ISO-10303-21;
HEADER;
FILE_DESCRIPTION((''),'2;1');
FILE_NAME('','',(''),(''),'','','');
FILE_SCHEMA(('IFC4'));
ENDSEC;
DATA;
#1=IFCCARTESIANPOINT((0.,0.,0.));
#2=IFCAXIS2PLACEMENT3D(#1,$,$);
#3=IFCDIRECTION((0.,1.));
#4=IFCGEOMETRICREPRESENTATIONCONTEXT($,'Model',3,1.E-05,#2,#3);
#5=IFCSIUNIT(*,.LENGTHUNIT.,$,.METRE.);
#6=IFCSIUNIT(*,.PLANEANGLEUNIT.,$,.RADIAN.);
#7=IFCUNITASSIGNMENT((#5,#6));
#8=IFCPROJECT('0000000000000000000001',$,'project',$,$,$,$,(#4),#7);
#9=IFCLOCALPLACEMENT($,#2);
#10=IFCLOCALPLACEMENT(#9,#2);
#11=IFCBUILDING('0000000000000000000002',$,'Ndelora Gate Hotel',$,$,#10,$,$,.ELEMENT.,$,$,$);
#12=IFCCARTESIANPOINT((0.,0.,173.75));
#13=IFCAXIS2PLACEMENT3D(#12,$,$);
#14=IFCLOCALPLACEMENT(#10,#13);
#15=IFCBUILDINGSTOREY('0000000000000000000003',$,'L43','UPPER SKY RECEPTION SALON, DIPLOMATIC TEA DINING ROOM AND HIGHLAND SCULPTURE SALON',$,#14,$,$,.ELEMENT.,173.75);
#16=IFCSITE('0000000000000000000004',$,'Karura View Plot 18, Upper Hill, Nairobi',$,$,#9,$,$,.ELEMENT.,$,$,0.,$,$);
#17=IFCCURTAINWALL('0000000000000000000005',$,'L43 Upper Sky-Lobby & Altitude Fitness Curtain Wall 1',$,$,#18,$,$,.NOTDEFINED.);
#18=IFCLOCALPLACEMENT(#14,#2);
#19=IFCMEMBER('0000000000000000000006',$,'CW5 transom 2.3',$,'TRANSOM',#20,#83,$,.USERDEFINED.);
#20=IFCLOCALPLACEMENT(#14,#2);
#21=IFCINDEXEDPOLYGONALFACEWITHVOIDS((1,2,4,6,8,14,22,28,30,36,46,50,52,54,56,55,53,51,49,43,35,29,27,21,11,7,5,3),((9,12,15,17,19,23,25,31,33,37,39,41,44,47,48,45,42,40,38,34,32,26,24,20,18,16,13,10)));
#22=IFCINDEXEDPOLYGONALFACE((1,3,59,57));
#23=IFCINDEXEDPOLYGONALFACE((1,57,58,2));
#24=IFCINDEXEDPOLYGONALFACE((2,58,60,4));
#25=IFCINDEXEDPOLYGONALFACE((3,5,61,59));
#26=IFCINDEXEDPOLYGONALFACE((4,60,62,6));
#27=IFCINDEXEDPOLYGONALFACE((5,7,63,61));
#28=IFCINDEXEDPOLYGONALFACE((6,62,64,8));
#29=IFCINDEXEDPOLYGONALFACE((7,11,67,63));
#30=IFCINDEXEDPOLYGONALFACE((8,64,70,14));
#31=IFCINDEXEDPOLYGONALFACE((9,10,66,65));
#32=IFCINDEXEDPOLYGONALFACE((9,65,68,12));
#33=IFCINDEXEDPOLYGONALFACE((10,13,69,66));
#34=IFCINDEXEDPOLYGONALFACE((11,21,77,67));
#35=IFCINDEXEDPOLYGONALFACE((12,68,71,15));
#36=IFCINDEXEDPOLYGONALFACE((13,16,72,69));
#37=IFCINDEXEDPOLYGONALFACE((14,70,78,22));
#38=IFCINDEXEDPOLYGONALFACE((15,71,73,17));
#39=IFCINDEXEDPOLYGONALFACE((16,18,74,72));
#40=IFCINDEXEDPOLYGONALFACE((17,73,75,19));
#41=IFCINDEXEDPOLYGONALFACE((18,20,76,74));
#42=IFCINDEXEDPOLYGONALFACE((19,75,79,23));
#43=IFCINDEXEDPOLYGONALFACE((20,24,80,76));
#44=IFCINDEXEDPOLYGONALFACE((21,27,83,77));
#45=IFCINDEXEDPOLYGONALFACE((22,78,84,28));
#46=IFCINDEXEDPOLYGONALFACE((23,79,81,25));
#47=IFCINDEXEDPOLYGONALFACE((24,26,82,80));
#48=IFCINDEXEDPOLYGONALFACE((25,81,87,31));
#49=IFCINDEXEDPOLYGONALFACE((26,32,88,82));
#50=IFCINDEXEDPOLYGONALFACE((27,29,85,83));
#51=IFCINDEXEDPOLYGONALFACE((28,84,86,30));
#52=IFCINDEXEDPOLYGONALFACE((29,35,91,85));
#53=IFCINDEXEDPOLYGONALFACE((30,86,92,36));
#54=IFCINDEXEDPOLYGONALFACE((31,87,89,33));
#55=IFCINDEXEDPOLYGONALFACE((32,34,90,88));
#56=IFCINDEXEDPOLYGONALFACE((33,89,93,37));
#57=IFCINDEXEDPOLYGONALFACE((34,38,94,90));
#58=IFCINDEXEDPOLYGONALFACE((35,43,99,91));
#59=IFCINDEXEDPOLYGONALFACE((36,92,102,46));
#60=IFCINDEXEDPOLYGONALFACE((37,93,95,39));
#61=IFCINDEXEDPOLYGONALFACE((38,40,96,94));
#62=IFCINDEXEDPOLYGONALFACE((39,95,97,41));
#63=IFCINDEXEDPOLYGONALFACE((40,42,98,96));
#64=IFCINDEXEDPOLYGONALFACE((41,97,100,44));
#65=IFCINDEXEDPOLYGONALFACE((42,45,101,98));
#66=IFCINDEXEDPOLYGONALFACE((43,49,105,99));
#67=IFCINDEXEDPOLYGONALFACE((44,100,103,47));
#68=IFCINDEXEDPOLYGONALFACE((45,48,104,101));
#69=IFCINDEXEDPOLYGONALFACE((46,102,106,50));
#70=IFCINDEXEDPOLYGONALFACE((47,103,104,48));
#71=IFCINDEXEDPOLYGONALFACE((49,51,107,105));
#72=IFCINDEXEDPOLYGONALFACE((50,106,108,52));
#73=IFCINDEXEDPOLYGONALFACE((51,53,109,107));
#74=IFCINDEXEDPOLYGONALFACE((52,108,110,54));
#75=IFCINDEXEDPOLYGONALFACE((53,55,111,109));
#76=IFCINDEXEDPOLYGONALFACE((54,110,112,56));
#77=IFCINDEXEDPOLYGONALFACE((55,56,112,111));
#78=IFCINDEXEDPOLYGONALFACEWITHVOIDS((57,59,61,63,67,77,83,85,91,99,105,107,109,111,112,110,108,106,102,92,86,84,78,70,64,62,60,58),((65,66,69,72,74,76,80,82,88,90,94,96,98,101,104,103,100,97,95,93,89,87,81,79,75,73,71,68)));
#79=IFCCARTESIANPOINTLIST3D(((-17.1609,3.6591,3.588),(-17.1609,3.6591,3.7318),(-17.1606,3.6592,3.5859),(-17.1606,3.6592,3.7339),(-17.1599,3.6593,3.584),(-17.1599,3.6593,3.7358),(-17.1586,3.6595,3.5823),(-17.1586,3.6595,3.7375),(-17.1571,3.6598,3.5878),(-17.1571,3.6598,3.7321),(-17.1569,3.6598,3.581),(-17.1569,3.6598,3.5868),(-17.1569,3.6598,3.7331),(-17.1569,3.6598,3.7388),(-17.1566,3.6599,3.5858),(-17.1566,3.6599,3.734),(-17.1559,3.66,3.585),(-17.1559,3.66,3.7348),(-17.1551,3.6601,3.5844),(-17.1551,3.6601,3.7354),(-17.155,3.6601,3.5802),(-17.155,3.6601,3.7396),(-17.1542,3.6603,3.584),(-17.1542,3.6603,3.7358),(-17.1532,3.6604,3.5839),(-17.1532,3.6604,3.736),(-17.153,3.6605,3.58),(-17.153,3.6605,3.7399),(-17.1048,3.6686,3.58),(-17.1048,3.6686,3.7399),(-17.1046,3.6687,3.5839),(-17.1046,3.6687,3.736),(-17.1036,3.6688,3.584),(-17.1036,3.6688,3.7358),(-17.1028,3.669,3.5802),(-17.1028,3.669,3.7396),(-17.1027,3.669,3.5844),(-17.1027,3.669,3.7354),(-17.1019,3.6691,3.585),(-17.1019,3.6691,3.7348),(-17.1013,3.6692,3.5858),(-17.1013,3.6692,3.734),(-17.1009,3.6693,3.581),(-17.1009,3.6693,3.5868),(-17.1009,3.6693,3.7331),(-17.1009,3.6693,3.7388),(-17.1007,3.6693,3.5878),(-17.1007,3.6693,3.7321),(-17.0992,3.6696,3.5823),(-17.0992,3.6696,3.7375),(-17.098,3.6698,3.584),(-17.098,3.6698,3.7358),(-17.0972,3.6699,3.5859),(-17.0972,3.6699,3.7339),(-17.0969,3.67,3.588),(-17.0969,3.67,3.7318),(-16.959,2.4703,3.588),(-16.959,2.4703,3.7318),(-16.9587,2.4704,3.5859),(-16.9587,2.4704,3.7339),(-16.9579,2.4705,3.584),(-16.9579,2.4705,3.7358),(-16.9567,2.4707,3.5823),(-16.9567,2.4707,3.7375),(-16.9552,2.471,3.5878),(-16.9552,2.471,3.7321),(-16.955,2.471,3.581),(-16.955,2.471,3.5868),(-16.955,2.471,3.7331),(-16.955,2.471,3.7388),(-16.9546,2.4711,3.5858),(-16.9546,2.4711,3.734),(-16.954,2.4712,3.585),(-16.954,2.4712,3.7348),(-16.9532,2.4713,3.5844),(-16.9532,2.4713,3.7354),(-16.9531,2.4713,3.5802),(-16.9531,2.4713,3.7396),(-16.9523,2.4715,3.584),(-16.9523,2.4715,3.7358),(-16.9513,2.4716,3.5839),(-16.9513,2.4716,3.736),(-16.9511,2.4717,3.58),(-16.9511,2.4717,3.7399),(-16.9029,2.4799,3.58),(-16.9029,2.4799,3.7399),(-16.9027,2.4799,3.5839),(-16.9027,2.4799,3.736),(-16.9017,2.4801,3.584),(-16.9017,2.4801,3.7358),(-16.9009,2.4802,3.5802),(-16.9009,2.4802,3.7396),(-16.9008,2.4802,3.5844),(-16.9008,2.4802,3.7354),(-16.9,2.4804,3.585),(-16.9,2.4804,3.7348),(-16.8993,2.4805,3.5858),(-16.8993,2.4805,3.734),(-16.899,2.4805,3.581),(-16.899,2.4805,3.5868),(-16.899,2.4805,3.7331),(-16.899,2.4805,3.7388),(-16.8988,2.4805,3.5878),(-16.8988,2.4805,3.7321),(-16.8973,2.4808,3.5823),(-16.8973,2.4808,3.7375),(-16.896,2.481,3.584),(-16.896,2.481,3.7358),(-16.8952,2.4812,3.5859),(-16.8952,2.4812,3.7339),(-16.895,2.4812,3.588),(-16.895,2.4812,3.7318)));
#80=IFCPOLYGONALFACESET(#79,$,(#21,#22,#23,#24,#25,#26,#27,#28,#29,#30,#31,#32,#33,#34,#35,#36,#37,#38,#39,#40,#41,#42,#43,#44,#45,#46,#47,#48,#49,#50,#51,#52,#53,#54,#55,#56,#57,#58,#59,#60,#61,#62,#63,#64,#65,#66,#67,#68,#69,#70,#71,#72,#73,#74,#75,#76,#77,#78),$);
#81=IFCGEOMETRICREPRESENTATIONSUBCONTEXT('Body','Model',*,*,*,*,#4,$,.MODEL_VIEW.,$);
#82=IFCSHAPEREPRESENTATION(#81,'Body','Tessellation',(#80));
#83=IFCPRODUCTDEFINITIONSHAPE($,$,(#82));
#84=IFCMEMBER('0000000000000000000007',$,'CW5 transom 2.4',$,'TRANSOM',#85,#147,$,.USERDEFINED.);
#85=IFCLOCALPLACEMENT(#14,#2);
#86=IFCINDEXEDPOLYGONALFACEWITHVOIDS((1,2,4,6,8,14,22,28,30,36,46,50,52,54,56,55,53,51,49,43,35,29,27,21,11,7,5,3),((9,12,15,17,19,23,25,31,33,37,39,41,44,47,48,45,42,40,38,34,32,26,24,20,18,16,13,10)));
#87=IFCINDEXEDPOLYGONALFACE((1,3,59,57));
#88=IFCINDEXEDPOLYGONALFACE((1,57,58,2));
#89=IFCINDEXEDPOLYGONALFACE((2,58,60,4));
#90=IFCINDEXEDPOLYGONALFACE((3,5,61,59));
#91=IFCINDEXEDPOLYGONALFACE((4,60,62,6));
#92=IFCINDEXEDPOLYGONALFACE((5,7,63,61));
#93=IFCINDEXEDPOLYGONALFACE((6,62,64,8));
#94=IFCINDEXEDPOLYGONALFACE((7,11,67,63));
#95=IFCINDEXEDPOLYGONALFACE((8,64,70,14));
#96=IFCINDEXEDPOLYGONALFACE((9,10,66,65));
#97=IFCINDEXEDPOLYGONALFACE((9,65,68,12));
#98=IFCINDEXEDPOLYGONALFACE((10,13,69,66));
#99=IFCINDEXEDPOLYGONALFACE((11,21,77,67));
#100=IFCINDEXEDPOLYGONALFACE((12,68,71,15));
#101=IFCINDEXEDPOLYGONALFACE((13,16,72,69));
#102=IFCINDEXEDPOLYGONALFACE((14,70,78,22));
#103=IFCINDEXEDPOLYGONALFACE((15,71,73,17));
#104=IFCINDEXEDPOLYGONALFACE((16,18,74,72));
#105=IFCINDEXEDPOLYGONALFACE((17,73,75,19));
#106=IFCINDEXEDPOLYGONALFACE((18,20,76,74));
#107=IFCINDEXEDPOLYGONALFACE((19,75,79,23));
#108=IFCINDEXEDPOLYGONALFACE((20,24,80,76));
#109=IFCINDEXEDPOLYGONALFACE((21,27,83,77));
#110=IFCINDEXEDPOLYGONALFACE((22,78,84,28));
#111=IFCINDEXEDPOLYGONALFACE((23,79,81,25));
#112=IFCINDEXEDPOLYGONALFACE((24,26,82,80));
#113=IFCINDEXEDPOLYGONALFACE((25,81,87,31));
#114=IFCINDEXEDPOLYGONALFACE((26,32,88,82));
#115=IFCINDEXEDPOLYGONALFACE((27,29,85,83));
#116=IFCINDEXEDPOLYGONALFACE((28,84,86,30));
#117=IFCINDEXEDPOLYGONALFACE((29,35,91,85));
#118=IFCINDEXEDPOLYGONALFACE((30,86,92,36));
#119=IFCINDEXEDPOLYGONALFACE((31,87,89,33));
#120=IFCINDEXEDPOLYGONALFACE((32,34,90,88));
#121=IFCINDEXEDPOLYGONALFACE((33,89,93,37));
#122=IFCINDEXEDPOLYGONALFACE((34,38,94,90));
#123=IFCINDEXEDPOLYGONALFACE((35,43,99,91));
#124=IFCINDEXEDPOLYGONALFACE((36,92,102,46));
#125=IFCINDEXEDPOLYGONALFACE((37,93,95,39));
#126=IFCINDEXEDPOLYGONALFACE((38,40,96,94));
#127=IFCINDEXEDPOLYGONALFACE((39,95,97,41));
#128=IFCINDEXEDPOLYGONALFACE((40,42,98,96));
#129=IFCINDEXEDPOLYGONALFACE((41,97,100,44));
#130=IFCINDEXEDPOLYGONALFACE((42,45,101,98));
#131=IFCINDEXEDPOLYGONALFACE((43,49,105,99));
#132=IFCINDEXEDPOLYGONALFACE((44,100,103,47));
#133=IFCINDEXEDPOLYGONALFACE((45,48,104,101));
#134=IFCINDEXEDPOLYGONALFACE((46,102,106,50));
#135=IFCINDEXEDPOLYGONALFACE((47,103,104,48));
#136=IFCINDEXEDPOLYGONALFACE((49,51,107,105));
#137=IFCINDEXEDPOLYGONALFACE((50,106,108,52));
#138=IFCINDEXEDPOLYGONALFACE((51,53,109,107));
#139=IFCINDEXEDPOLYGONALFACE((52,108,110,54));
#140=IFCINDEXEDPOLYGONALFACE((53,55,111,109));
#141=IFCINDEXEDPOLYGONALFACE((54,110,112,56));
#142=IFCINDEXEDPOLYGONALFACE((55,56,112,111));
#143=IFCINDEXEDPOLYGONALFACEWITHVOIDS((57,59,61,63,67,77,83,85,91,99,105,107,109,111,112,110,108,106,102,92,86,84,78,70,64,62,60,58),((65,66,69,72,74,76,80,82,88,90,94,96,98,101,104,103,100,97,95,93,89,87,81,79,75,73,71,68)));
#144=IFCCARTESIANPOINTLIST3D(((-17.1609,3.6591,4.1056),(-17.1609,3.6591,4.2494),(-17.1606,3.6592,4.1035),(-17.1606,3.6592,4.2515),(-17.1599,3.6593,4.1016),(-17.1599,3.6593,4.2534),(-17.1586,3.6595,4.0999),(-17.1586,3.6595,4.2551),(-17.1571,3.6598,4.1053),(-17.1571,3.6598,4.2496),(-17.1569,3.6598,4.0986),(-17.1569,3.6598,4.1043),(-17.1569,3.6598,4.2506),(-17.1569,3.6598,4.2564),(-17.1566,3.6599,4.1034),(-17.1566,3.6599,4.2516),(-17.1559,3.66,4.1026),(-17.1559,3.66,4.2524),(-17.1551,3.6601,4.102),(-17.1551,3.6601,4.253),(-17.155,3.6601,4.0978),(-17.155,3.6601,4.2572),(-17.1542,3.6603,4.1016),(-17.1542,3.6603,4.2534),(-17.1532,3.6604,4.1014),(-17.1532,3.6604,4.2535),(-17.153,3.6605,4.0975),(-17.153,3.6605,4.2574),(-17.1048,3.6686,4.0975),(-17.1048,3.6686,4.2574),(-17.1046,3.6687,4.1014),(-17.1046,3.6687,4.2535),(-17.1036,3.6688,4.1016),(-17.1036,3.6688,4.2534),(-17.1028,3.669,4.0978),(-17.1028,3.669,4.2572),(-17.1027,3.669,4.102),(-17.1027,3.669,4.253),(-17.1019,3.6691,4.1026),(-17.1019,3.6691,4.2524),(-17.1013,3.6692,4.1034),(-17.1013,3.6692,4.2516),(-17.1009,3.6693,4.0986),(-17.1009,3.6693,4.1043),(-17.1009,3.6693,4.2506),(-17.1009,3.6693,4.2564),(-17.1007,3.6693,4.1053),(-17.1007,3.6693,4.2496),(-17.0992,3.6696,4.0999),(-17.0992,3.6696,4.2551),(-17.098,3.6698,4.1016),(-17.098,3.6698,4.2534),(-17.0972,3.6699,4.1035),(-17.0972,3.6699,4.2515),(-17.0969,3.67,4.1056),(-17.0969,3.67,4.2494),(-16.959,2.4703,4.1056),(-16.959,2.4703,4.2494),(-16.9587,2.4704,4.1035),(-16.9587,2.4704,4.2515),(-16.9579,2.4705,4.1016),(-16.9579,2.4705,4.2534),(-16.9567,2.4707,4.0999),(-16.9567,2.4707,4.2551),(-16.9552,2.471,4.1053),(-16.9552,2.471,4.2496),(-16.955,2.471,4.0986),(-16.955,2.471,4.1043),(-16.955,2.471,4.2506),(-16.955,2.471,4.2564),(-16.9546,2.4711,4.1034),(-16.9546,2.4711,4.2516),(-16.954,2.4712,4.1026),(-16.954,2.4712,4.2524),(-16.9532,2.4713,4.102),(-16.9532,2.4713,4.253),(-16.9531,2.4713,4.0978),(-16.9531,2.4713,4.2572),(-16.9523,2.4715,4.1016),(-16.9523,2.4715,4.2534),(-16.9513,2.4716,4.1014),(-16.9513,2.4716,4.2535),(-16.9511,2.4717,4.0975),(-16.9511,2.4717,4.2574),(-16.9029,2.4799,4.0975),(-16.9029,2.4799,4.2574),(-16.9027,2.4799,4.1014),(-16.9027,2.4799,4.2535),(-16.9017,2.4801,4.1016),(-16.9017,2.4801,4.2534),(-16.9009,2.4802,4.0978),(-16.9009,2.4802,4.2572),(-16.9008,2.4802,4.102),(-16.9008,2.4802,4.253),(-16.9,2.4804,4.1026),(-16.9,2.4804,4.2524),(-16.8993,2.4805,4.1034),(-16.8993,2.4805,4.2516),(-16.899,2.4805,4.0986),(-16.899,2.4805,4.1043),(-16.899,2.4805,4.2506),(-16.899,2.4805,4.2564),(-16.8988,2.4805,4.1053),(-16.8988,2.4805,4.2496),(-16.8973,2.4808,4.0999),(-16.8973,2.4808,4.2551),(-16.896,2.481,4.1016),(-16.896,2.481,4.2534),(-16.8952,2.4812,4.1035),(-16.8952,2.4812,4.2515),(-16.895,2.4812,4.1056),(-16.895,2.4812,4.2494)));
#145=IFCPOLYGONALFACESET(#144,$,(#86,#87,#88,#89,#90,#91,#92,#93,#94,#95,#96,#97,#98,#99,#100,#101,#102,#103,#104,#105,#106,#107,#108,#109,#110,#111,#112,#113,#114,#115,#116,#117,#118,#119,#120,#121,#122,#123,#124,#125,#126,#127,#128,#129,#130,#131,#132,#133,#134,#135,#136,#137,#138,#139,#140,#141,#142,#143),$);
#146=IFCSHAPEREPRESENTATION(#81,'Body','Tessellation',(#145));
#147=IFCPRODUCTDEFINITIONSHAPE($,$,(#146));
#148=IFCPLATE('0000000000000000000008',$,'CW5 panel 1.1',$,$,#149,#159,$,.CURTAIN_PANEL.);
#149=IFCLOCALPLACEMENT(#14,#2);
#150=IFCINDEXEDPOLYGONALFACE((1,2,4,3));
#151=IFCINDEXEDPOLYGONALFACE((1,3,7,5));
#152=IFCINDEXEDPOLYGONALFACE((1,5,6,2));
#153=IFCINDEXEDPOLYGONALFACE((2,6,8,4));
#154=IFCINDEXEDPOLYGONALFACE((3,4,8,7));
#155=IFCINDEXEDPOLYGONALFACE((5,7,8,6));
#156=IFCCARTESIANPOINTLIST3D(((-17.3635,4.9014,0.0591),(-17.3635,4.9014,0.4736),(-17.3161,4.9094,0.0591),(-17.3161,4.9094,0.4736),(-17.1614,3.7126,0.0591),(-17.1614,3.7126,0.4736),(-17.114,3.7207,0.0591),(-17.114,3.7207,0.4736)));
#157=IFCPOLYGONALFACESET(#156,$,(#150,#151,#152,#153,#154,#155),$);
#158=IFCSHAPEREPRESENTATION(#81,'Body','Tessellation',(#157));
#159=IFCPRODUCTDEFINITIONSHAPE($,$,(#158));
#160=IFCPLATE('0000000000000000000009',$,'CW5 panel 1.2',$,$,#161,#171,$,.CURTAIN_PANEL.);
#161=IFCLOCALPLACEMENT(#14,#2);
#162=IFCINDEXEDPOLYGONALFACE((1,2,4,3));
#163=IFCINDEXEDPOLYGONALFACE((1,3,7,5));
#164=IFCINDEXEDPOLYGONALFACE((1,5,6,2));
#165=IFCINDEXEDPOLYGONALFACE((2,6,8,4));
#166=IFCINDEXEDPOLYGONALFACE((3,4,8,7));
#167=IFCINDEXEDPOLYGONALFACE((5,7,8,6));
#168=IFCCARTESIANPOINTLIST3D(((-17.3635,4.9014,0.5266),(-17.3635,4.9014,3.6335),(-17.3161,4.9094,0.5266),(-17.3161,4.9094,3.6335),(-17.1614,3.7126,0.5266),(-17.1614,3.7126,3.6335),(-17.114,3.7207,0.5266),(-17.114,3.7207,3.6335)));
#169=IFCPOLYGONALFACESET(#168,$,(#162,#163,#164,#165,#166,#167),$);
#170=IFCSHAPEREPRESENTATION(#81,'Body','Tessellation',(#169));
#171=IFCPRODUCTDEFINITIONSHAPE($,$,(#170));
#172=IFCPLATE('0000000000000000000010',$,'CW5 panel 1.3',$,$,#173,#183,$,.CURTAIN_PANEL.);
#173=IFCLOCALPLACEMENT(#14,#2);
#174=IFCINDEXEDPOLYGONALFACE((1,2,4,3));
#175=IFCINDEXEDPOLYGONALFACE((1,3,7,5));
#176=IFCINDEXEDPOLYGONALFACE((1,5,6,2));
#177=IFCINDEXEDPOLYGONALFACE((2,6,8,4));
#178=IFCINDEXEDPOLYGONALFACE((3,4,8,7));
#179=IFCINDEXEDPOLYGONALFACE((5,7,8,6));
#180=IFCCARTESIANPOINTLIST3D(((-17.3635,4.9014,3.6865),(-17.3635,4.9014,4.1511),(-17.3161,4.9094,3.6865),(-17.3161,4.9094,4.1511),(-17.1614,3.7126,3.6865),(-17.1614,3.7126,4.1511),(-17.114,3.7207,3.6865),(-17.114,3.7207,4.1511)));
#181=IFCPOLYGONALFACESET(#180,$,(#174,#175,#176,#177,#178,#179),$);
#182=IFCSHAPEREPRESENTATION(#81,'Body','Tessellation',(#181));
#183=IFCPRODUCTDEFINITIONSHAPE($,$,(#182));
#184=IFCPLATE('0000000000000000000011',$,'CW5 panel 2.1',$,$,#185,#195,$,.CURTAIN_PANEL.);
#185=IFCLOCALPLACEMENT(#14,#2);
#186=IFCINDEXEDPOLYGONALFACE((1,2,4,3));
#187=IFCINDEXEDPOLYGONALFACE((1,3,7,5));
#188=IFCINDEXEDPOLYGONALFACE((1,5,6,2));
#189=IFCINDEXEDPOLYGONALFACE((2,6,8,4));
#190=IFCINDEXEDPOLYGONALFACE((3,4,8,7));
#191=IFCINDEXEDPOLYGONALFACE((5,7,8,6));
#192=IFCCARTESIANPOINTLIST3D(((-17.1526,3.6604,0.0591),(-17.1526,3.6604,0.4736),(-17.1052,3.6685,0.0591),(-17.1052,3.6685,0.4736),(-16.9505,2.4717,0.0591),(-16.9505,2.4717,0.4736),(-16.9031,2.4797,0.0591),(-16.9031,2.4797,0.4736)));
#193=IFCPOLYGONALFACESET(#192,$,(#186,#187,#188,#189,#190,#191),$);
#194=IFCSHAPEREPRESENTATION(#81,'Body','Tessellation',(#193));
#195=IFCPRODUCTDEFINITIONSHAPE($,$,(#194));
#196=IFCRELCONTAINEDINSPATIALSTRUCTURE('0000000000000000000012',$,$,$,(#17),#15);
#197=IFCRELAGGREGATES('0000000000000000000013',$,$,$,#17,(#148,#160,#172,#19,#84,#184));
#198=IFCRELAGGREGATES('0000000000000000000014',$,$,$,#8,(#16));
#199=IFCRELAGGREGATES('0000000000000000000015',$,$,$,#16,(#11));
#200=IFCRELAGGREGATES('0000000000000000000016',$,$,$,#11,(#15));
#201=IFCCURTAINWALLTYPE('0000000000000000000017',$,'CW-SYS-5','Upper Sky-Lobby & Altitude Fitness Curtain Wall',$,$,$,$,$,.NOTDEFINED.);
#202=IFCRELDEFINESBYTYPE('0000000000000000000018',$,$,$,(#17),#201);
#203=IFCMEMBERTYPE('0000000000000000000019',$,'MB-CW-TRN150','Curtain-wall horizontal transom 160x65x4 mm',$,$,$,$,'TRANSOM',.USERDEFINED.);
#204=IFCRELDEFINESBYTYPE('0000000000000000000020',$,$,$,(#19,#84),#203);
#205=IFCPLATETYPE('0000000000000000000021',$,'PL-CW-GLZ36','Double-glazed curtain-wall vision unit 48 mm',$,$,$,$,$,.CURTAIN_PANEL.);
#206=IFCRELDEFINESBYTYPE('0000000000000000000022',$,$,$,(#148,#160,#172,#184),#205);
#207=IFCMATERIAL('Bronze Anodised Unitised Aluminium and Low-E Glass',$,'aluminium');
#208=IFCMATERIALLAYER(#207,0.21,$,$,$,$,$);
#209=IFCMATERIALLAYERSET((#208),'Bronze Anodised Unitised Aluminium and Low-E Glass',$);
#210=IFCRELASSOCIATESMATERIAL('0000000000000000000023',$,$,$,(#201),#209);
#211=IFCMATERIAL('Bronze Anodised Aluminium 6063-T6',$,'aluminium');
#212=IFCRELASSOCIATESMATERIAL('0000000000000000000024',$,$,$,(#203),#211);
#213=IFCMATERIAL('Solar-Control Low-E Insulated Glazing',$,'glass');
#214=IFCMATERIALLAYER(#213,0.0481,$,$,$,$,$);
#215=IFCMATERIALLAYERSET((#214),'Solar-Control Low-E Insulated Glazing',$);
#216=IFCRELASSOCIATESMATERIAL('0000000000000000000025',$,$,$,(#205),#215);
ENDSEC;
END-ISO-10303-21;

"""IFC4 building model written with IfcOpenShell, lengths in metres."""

from ifc_helpers import new_model, si_unit, direction, frame, origin, origin_2d, place, context, subcontext, project, spatial, rectangle, hollow_rectangle, extrude, material, layer, layer_set, material_profile, profile_set, type_object, element, aggregate, save


model = new_model("IFC4")

# Units and contexts
model_context = context("Model", 3, precision=1e-05, world=origin(), true_north=direction((0.0, 1.0)))
body_context = subcontext(model_context, "Body", "Model", "MODEL_VIEW")
ifc_project = project(units=[si_unit("LENGTHUNIT", "METRE"), si_unit("PLANEANGLEUNIT", "RADIAN")], contexts=[model_context])

# Site, building, storey
site_placement = place(None, origin())
site = spatial("IfcSite", under=ifc_project, at=site_placement, Name="Karura View Plot 18, Upper Hill, Nairobi", CompositionType="ELEMENT", RefElevation=0.0)
building_placement = place(site_placement, origin())
building = spatial("IfcBuilding", under=site, at=building_placement, Name="Ndelora Gate Hotel", CompositionType="ELEMENT")
storey_placement = place(building_placement, frame((0.0, 0.0, 173.75)))
storey = spatial("IfcBuildingStorey", under=building, at=storey_placement, Name="L43", Description="UPPER SKY RECEPTION SALON, DIPLOMATIC TEA DINING ROOM AND HIGHLAND SCULPTURE SALON", CompositionType="ELEMENT", Elevation=173.75)

# Curtain wall, members, plates
ifc_material_1 = material(Name="Bronze Anodised Unitised Aluminium and Low-E Glass", Category="aluminium")
ifc_layer_1 = layer(ifc_material_1, 0.21)
ifc_layer_set_1 = layer_set([ifc_layer_1], Name="Bronze Anodised Unitised Aluminium and Low-E Glass")
curtain_wall_type = type_object("IfcCurtainWallType", Name="CW-SYS-5", Description="Upper Sky-Lobby & Altitude Fitness Curtain Wall", PredefinedType="NOTDEFINED", material=ifc_layer_set_1)
curtain_wall_placement = place(storey_placement, origin())
curtain_wall = element("IfcCurtainWall", 1, at=curtain_wall_placement, inside=storey, type_object=curtain_wall_type, Name="L43 Upper Sky-Lobby & Altitude Fitness Curtain Wall 1", PredefinedType="NOTDEFINED")
ifc_material_2 = material(Name="Bronze Anodised Aluminium 6063-T6", Category="aluminium")
ifc_material_profile_1 = material_profile(ifc_material_2, hollow_rectangle(XDim=0.0649, YDim=0.1599, WallThickness=0.0039, InnerFilletRadius=0.0039, OuterFilletRadius=0.0081, at=origin_2d()), Name="ALU 160x65x4")
ifc_profile_set_1 = profile_set([ifc_material_profile_1], Name="Bronze Anodised Aluminium 6063-T6")
member_type_1 = type_object("IfcMemberType", Name="MB-CW-TRN150", Description="Curtain-wall horizontal transom 160x65x4 mm", ElementType="TRANSOM", PredefinedType="USERDEFINED", material=ifc_profile_set_1)
member_1_placement = place(storey_placement, frame((-17.1289, 3.6646, 3.6599), z_axis=(0.167452, -0.98588, 0.0), x_axis=(0.98588, 0.167452, 0.0)))
member_1 = element("IfcMember", 2, at=member_1_placement, type_object=member_type_1, Name="CW5 transom 2.3", ObjectType="TRANSOM", PredefinedType="USERDEFINED", context=body_context, shape_type="SweptSolid", body=[
    extrude(hollow_rectangle(XDim=0.0649, YDim=0.1599, WallThickness=0.0039, InnerFilletRadius=0.0039, OuterFilletRadius=0.0081, at=origin_2d()), origin(), (0.0, 0.0, 1.0), 1.2058),
])
member_2_placement = place(storey_placement, frame((-17.1289, 3.6646, 4.1775), z_axis=(0.167452, -0.98588, 0.0), x_axis=(0.98588, 0.167452, 0.0)))
member_2 = element("IfcMember", 3, at=member_2_placement, type_object=member_type_1, Name="CW5 transom 2.4", ObjectType="TRANSOM", PredefinedType="USERDEFINED", context=body_context, shape_type="SweptSolid", body=[
    extrude(hollow_rectangle(XDim=0.0649, YDim=0.1599, WallThickness=0.0039, InnerFilletRadius=0.0039, OuterFilletRadius=0.0081, at=origin_2d()), origin(), (0.0, 0.0, 1.0), 1.2058),
])
ifc_material_3 = material(Name="Solar-Control Low-E Insulated Glazing", Category="glass")
ifc_layer_2 = layer(ifc_material_3, 0.0481)
ifc_layer_set_2 = layer_set([ifc_layer_2], Name="Solar-Control Low-E Insulated Glazing")
plate_type = type_object("IfcPlateType", Name="PL-CW-GLZ36", Description="Double-glazed curtain-wall vision unit 48 mm", PredefinedType="CURTAIN_PANEL", material=ifc_layer_set_2)
plate_1_placement = place(storey_placement, frame((-17.2388, 4.311, 0.0591), z_axis=(0.0, 0.0, 1.0), x_axis=(0.167588, -0.985857, 0.0)))
plate_1 = element("IfcPlate", 4, at=plate_1_placement, type_object=plate_type, Name="CW5 panel 1.1", PredefinedType="CURTAIN_PANEL", context=body_context, shape_type="SweptSolid", body=[
    extrude(rectangle(XDim=1.2058, YDim=0.0481, at=origin_2d()), origin(), (0.0, 0.0, 1.0), 0.4146),
])
plate_2_placement = place(storey_placement, frame((-17.2388, 4.311, 0.5266), z_axis=(0.0, 0.0, 1.0), x_axis=(0.167588, -0.985857, 0.0)))
plate_2 = element("IfcPlate", 5, at=plate_2_placement, type_object=plate_type, Name="CW5 panel 1.2", PredefinedType="CURTAIN_PANEL", context=body_context, shape_type="SweptSolid", body=[
    extrude(rectangle(XDim=1.2058, YDim=0.0481, at=origin_2d()), origin(), (0.0, 0.0, 1.0), 3.1069),
])
plate_3_placement = place(storey_placement, frame((-17.2388, 4.311, 3.6865), z_axis=(0.0, 0.0, 1.0), x_axis=(0.167588, -0.985857, 0.0)))
plate_3 = element("IfcPlate", 6, at=plate_3_placement, type_object=plate_type, Name="CW5 panel 1.3", PredefinedType="CURTAIN_PANEL", context=body_context, shape_type="SweptSolid", body=[
    extrude(rectangle(XDim=1.2058, YDim=0.0481, at=origin_2d()), origin(), (0.0, 0.0, 1.0), 0.4646),
])
plate_4_placement = place(storey_placement, frame((-17.0278, 3.0701, 0.0591), z_axis=(0.0, 0.0, 1.0), x_axis=(0.167588, -0.985857, 0.0)))
plate_4 = element("IfcPlate", 7, at=plate_4_placement, type_object=plate_type, Name="CW5 panel 2.1", PredefinedType="CURTAIN_PANEL", context=body_context, shape_type="SweptSolid", body=[
    extrude(rectangle(XDim=1.2058, YDim=0.0481, at=origin_2d()), origin(), (0.0, 0.0, 1.0), 0.4146),
])
aggregate(curtain_wall, [plate_1, plate_2, plate_3, member_1, member_2, plate_4])

save(model, "model.ifc")
